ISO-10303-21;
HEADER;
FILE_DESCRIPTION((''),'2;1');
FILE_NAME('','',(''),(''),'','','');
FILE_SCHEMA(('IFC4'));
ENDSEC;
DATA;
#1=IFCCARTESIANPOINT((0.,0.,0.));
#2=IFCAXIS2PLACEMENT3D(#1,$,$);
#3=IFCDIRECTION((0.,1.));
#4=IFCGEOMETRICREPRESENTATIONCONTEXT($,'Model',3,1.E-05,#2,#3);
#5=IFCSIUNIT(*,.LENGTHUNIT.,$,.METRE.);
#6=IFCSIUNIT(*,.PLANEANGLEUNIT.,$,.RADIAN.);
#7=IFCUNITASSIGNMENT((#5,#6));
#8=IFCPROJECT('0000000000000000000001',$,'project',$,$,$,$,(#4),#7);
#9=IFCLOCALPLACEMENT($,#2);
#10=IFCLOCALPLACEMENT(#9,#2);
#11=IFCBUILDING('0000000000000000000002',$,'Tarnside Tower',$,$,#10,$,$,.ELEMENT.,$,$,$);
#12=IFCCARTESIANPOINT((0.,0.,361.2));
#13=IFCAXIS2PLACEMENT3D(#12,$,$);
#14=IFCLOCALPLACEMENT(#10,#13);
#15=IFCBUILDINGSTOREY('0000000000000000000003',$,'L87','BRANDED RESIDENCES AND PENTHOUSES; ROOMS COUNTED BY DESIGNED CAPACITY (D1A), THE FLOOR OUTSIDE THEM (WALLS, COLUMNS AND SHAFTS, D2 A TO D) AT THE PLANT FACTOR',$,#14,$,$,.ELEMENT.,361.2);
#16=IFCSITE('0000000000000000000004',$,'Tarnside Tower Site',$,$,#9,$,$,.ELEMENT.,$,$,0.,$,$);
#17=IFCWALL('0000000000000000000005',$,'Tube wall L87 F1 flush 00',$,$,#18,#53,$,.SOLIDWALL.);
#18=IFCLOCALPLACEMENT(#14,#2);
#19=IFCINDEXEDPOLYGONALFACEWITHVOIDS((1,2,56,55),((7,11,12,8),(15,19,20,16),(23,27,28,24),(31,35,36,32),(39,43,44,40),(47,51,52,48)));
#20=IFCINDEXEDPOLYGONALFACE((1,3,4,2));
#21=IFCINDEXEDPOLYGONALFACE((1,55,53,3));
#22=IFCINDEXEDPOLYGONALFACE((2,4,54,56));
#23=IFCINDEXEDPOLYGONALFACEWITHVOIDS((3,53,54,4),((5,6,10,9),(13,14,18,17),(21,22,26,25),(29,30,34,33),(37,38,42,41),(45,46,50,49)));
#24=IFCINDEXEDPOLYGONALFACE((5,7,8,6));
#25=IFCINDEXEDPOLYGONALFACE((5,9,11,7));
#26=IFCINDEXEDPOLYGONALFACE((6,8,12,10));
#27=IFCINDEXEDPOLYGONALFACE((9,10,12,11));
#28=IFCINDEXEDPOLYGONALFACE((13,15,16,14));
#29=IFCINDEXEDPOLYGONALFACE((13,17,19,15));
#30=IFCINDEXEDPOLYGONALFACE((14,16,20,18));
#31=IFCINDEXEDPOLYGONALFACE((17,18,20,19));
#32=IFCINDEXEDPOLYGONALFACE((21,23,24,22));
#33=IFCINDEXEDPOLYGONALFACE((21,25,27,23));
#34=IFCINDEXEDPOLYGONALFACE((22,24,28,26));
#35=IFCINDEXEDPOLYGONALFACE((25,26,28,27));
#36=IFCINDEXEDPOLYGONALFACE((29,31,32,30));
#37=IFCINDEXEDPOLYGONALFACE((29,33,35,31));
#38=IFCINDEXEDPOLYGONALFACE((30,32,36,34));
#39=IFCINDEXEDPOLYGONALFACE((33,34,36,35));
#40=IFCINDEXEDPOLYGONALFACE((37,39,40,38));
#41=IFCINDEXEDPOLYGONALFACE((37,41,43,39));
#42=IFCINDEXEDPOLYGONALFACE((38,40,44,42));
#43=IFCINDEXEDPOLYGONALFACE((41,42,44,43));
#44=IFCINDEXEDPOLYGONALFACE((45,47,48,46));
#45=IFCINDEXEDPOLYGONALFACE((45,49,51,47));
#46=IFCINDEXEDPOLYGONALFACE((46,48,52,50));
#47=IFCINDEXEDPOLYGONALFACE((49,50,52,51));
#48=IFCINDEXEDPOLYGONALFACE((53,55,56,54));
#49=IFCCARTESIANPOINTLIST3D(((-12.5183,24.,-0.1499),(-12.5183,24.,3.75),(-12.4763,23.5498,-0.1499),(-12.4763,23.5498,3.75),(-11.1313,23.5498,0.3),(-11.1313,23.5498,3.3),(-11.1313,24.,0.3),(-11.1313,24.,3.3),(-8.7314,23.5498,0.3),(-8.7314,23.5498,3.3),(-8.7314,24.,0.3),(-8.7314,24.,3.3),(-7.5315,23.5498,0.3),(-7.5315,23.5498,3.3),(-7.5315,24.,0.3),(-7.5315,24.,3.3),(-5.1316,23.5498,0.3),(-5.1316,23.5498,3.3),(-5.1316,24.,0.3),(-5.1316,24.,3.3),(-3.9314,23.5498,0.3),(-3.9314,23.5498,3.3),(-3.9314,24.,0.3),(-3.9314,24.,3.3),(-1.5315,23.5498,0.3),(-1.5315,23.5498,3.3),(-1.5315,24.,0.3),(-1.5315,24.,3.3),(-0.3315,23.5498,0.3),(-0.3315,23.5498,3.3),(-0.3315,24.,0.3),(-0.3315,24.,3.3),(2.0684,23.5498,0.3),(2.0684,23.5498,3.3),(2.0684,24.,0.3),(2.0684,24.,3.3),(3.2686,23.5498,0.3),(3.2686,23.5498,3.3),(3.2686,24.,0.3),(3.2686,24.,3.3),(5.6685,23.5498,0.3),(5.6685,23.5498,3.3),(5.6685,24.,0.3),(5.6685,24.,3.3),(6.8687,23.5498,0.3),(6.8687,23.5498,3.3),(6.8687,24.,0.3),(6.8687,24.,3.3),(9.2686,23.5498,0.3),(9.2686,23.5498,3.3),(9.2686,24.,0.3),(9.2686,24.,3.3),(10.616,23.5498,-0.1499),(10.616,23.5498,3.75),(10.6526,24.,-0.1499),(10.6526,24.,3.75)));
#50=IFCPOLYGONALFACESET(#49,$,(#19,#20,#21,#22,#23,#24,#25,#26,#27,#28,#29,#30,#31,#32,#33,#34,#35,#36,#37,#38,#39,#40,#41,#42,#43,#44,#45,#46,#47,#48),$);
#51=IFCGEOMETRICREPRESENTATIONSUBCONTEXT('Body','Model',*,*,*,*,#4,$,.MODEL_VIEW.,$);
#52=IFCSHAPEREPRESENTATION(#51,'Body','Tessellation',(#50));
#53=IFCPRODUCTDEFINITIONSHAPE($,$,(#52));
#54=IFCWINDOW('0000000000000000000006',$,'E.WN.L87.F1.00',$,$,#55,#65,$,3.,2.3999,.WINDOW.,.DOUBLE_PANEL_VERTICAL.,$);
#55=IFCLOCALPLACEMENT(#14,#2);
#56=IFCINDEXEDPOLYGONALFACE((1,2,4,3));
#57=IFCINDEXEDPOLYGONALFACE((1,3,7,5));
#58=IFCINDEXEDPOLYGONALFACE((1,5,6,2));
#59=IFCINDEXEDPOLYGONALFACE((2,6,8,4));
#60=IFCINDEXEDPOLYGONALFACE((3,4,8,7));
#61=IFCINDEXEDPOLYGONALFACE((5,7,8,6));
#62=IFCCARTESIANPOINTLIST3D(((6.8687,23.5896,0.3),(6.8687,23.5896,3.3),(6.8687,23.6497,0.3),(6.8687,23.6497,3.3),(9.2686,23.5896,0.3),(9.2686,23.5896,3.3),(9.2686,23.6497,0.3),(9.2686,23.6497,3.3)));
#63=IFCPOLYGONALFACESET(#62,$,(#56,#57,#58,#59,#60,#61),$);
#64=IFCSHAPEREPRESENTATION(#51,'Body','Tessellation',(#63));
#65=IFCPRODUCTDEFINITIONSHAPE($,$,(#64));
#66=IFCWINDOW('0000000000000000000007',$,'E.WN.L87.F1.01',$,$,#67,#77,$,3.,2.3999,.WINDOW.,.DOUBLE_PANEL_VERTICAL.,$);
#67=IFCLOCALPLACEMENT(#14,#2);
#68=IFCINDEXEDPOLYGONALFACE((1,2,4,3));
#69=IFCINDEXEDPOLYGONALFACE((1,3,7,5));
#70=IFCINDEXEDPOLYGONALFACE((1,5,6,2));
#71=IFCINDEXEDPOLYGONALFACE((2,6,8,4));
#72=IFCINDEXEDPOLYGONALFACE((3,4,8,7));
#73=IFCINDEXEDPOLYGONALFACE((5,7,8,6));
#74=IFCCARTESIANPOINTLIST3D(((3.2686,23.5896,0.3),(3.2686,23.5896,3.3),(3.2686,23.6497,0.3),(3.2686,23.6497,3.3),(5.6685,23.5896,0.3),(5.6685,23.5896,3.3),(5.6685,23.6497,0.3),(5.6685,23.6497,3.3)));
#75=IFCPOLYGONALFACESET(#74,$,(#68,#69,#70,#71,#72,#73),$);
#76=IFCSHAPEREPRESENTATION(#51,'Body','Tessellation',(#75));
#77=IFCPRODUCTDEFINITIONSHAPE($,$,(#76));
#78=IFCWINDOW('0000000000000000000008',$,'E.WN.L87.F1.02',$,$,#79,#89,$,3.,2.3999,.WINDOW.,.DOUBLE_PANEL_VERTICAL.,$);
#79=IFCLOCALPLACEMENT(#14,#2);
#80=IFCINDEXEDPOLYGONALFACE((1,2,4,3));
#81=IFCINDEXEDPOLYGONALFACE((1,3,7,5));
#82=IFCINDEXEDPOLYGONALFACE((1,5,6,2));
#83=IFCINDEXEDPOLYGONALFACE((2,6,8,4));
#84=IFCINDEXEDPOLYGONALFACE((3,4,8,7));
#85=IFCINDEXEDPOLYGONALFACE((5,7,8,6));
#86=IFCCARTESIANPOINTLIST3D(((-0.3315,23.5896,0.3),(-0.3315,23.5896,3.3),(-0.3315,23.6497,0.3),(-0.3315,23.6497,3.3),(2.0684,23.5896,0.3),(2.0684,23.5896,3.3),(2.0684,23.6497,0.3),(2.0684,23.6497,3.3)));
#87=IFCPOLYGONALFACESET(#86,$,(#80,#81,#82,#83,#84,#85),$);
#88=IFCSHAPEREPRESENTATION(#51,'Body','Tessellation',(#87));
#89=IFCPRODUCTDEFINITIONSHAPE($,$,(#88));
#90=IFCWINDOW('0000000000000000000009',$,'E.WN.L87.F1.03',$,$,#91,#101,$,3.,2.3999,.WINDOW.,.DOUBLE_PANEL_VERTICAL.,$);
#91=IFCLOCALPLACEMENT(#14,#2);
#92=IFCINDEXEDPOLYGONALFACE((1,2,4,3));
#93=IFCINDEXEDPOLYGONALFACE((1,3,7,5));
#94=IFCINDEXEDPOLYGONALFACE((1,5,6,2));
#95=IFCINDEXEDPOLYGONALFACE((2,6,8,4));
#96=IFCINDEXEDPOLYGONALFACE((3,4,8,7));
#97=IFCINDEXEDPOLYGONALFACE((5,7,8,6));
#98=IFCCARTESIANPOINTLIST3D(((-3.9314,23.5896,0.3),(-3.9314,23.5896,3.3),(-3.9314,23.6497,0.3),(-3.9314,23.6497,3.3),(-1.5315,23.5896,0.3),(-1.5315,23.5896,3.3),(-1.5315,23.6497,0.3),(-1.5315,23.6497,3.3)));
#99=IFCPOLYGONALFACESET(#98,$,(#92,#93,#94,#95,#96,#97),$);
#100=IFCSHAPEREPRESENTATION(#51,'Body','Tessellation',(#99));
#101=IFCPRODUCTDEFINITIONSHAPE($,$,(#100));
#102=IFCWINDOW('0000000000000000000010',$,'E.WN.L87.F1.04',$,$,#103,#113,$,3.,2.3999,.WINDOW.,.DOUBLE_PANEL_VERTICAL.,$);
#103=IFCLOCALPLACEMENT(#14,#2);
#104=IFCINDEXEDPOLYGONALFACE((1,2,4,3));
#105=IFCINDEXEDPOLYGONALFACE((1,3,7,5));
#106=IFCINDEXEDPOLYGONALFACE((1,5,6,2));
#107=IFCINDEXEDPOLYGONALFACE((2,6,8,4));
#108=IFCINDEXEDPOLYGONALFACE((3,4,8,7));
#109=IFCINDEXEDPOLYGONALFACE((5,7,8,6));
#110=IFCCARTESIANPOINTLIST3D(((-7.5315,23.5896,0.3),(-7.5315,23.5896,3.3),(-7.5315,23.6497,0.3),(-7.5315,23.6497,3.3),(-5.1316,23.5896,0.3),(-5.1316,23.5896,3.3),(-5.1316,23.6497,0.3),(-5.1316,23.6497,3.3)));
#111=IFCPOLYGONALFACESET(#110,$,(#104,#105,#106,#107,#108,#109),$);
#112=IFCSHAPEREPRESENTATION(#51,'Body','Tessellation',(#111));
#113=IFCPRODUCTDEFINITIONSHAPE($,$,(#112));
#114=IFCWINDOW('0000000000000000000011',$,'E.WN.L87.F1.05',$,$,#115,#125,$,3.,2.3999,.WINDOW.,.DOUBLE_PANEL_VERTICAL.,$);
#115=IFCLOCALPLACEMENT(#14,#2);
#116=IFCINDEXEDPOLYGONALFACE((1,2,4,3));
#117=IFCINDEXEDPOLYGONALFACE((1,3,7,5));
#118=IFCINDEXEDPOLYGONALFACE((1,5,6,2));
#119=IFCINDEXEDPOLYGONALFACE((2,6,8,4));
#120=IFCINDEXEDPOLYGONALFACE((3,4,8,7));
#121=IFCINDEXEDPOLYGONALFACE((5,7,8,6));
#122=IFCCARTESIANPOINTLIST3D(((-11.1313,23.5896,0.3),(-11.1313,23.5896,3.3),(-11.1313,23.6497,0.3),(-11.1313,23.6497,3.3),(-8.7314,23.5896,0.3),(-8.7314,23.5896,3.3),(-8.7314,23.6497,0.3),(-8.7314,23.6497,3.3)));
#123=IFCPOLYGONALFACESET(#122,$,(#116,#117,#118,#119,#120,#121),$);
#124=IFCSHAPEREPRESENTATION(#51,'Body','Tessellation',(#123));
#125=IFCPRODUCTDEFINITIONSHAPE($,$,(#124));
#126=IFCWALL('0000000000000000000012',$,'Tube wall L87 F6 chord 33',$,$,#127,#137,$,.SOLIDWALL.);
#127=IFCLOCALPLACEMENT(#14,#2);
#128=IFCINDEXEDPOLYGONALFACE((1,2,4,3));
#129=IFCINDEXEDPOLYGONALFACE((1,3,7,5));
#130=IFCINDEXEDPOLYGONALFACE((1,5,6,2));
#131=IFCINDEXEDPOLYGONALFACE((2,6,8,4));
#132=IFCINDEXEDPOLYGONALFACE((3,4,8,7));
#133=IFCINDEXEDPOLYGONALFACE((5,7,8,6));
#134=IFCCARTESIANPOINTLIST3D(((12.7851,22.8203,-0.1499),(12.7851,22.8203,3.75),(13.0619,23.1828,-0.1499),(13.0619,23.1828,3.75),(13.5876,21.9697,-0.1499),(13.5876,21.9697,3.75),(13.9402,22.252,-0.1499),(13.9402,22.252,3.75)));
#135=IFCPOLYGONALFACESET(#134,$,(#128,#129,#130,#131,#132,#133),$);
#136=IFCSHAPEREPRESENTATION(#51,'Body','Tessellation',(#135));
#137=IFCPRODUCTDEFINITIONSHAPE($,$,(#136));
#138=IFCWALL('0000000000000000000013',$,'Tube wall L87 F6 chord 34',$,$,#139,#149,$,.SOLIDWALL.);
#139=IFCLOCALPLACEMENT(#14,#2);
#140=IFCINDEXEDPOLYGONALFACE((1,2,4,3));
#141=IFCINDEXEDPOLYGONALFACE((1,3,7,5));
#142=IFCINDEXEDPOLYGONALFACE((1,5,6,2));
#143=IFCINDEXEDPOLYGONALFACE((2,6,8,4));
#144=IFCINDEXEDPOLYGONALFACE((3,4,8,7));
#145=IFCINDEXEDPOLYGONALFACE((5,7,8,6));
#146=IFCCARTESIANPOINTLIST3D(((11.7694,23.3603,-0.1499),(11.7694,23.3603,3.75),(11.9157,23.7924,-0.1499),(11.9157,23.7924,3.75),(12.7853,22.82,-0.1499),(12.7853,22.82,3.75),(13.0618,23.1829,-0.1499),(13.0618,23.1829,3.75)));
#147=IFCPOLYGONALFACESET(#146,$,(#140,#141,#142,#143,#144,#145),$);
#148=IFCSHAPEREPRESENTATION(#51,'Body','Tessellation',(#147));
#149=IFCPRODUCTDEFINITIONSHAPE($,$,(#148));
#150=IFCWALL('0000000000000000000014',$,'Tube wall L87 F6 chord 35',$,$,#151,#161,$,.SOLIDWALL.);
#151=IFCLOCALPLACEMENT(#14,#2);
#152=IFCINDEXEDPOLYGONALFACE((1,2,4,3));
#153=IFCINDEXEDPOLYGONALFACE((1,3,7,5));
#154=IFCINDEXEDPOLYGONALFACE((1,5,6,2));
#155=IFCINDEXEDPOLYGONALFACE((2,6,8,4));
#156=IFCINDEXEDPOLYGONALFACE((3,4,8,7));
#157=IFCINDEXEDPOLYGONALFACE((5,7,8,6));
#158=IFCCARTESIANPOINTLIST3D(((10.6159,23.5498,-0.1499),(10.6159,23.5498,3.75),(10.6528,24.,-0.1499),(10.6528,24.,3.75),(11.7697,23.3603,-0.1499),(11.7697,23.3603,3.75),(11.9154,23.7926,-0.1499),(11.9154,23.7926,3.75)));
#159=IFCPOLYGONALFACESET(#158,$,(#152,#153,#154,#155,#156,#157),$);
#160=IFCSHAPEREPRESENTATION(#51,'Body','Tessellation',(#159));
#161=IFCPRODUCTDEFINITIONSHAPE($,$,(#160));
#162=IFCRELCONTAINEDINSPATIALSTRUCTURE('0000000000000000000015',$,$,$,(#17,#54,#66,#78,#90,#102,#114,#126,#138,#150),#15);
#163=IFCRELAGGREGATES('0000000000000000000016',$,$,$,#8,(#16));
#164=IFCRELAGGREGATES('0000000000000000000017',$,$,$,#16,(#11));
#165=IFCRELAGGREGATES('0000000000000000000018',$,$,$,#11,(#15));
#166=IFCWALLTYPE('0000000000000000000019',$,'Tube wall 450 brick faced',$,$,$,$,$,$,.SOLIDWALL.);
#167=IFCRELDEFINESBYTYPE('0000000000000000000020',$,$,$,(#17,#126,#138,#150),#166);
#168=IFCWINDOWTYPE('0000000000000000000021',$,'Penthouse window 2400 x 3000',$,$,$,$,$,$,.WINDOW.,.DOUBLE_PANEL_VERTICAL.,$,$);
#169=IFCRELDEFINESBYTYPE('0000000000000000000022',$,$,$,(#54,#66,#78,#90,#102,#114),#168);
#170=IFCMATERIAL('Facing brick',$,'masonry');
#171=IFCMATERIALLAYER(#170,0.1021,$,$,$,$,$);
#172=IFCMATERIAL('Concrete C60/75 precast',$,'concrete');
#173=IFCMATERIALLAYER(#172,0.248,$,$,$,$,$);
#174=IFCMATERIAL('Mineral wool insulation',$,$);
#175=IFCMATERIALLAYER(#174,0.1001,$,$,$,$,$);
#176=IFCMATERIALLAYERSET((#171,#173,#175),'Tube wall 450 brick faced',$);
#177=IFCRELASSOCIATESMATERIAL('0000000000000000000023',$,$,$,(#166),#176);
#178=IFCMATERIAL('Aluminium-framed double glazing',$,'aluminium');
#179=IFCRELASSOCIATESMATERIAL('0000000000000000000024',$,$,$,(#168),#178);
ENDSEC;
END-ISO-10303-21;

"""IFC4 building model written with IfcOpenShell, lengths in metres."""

from ifc_helpers import new_model, si_unit, direction, frame, frame_2d, origin, place, context, subcontext, project, spatial, polyline, rectangle, outline, extrude, material, layer, layer_set, type_object, element, fill, save


model = new_model("IFC4")

# Units and contexts
model_context = context("Model", 3, precision=1e-05, world=origin(), true_north=direction((0.0, 1.0)))
body_context = subcontext(model_context, "Body", "Model", "MODEL_VIEW")
ifc_project = project(units=[si_unit("LENGTHUNIT", "METRE"), si_unit("PLANEANGLEUNIT", "RADIAN")], contexts=[model_context])

# Site, building, storey
site_placement = place(None, origin())
site = spatial("IfcSite", under=ifc_project, at=site_placement, Name="Tarnside Tower Site", CompositionType="ELEMENT", RefElevation=0.0)
building_placement = place(site_placement, origin())
building = spatial("IfcBuilding", under=site, at=building_placement, Name="Tarnside Tower", CompositionType="ELEMENT")
storey_placement = place(building_placement, frame((0.0, 0.0, 361.2)))
storey = spatial("IfcBuildingStorey", under=building, at=storey_placement, Name="L87", Description="BRANDED RESIDENCES AND PENTHOUSES; ROOMS COUNTED BY DESIGNED CAPACITY (D1A), THE FLOOR OUTSIDE THEM (WALLS, COLUMNS AND SHAFTS, D2 A TO D) AT THE PLANT FACTOR", CompositionType="ELEMENT", Elevation=361.2)

# Shared definitions
ifc_material_1 = material(Name="Concrete C60/75 precast", Category="concrete")
ifc_material_2 = material(Name="Mineral wool insulation")

# Wall, openings, windows
ifc_material_3 = material(Name="Facing brick", Category="masonry")
ifc_layer_1 = layer(ifc_material_3, 0.1021)
ifc_layer_2 = layer(ifc_material_1, 0.248)
ifc_layer_3 = layer(ifc_material_2, 0.1001)
ifc_layer_set_1 = layer_set([ifc_layer_1, ifc_layer_2, ifc_layer_3], Name="Tube wall 450 brick faced")
wall_type_1 = type_object("IfcWallType", Name="Tube wall 450 brick faced", PredefinedType="SOLIDWALL", material=ifc_layer_set_1)
wall_1_placement = place(storey_placement, frame((10.6343, 23.7749, -0.1499), z_axis=(0.0, 0.0, 1.0), x_axis=(-1.0, 0.0, 0.0)))
wall_1 = element("IfcWall", 1, at=wall_1_placement, inside=storey, type_object=wall_type_1, Name="Tube wall L87 F1 flush 00", PredefinedType="SOLIDWALL", context=body_context, shape_type="SweptSolid", body=[
    extrude(outline(polyline([(-0.0183, -0.2251), (23.1526, -0.2251), (23.1106, 0.2251), (0.0183, 0.2251), (-0.0183, -0.2251)])), origin(), (0.0, 0.0, 1.0), 3.8999),
])
opening_1_placement = place(wall_1_placement, frame((1.3657, 0.0, 0.45)))
opening_1 = element("IfcOpeningElement", 2, at=opening_1_placement, cuts=wall_1, PredefinedType="OPENING", context=body_context, shape_type="SweptSolid", body=[
    extrude(rectangle(XDim=2.3999, YDim=3.0, at=frame_2d((1.2, 1.5))), frame((0.0, 0.2349, 0.0), z_axis=(0.0, -1.0, 0.0), x_axis=(1.0, 0.0, 0.0)), (0.0, 0.0, 1.0), 0.47),
])
opening_2_placement = place(wall_1_placement, frame((4.9658, 0.0, 0.45)))
opening_2 = element("IfcOpeningElement", 3, at=opening_2_placement, cuts=wall_1, PredefinedType="OPENING", context=body_context, shape_type="SweptSolid", body=[
    extrude(rectangle(XDim=2.3999, YDim=3.0, at=frame_2d((1.2, 1.5))), frame((0.0, 0.2349, 0.0), z_axis=(0.0, -1.0, 0.0), x_axis=(1.0, 0.0, 0.0)), (0.0, 0.0, 1.0), 0.47),
])
opening_3_placement = place(wall_1_placement, frame((8.5659, 0.0, 0.45)))
opening_3 = element("IfcOpeningElement", 4, at=opening_3_placement, cuts=wall_1, PredefinedType="OPENING", context=body_context, shape_type="SweptSolid", body=[
    extrude(rectangle(XDim=2.3999, YDim=3.0, at=frame_2d((1.2, 1.5))), frame((0.0, 0.2349, 0.0), z_axis=(0.0, -1.0, 0.0), x_axis=(1.0, 0.0, 0.0)), (0.0, 0.0, 1.0), 0.47),
])
opening_4_placement = place(wall_1_placement, frame((12.1658, 0.0, 0.45)))
opening_4 = element("IfcOpeningElement", 5, at=opening_4_placement, cuts=wall_1, PredefinedType="OPENING", context=body_context, shape_type="SweptSolid", body=[
    extrude(rectangle(XDim=2.3999, YDim=3.0, at=frame_2d((1.2, 1.5))), frame((0.0, 0.2349, 0.0), z_axis=(0.0, -1.0, 0.0), x_axis=(1.0, 0.0, 0.0)), (0.0, 0.0, 1.0), 0.47),
])
opening_5_placement = place(wall_1_placement, frame((15.7659, 0.0, 0.45)))
opening_5 = element("IfcOpeningElement", 6, at=opening_5_placement, cuts=wall_1, PredefinedType="OPENING", context=body_context, shape_type="SweptSolid", body=[
    extrude(rectangle(XDim=2.3999, YDim=3.0, at=frame_2d((1.2, 1.5))), frame((0.0, 0.2349, 0.0), z_axis=(0.0, -1.0, 0.0), x_axis=(1.0, 0.0, 0.0)), (0.0, 0.0, 1.0), 0.47),
])
opening_6_placement = place(wall_1_placement, frame((19.3657, 0.0, 0.45)))
opening_6 = element("IfcOpeningElement", 7, at=opening_6_placement, cuts=wall_1, PredefinedType="OPENING", context=body_context, shape_type="SweptSolid", body=[
    extrude(rectangle(XDim=2.3999, YDim=3.0, at=frame_2d((1.2, 1.5))), frame((0.0, 0.2349, 0.0), z_axis=(0.0, -1.0, 0.0), x_axis=(1.0, 0.0, 0.0)), (0.0, 0.0, 1.0), 0.47),
])
ifc_material_4 = material(Name="Aluminium-framed double glazing", Category="aluminium")
window_type = type_object("IfcWindowType", Name="Penthouse window 2400 x 3000", PartitioningType="DOUBLE_PANEL_VERTICAL", PredefinedType="WINDOW", material=ifc_material_4)
window_1_placement = place(opening_1_placement, frame((0.0, 0.1553, 0.0)))
window_1 = element("IfcWindow", 8, at=window_1_placement, inside=storey, type_object=window_type, Name="E.WN.L87.F1.00", OverallHeight=3.0, OverallWidth=2.3999, PartitioningType="DOUBLE_PANEL_VERTICAL", PredefinedType="WINDOW", context=body_context, shape_type="SweptSolid", body=[
    extrude(rectangle(XDim=2.3999, YDim=3.0, at=frame_2d((1.2, 1.5))), frame((0.0, 0.03, 0.0), z_axis=(0.0, -1.0, 0.0), x_axis=(1.0, 0.0, 0.0)), (0.0, 0.0, 1.0), 0.0601),
])
fill(opening_1, window_1)
window_2_placement = place(opening_2_placement, frame((0.0, 0.1553, 0.0)))
window_2 = element("IfcWindow", 9, at=window_2_placement, inside=storey, type_object=window_type, Name="E.WN.L87.F1.01", OverallHeight=3.0, OverallWidth=2.3999, PartitioningType="DOUBLE_PANEL_VERTICAL", PredefinedType="WINDOW", context=body_context, shape_type="SweptSolid", body=[
    extrude(rectangle(XDim=2.3999, YDim=3.0, at=frame_2d((1.2, 1.5))), frame((0.0, 0.03, 0.0), z_axis=(0.0, -1.0, 0.0), x_axis=(1.0, 0.0, 0.0)), (0.0, 0.0, 1.0), 0.0601),
])
fill(opening_2, window_2)
window_3_placement = place(opening_3_placement, frame((0.0, 0.1553, 0.0)))
window_3 = element("IfcWindow", 10, at=window_3_placement, inside=storey, type_object=window_type, Name="E.WN.L87.F1.02", OverallHeight=3.0, OverallWidth=2.3999, PartitioningType="DOUBLE_PANEL_VERTICAL", PredefinedType="WINDOW", context=body_context, shape_type="SweptSolid", body=[
    extrude(rectangle(XDim=2.3999, YDim=3.0, at=frame_2d((1.2, 1.5))), frame((0.0, 0.03, 0.0), z_axis=(0.0, -1.0, 0.0), x_axis=(1.0, 0.0, 0.0)), (0.0, 0.0, 1.0), 0.0601),
])
fill(opening_3, window_3)
window_4_placement = place(opening_4_placement, frame((0.0, 0.1553, 0.0)))
window_4 = element("IfcWindow", 11, at=window_4_placement, inside=storey, type_object=window_type, Name="E.WN.L87.F1.03", OverallHeight=3.0, OverallWidth=2.3999, PartitioningType="DOUBLE_PANEL_VERTICAL", PredefinedType="WINDOW", context=body_context, shape_type="SweptSolid", body=[
    extrude(rectangle(XDim=2.3999, YDim=3.0, at=frame_2d((1.2, 1.5))), frame((0.0, 0.03, 0.0), z_axis=(0.0, -1.0, 0.0), x_axis=(1.0, 0.0, 0.0)), (0.0, 0.0, 1.0), 0.0601),
])
fill(opening_4, window_4)
window_5_placement = place(opening_5_placement, frame((0.0, 0.1553, 0.0)))
window_5 = element("IfcWindow", 12, at=window_5_placement, inside=storey, type_object=window_type, Name="E.WN.L87.F1.04", OverallHeight=3.0, OverallWidth=2.3999, PartitioningType="DOUBLE_PANEL_VERTICAL", PredefinedType="WINDOW", context=body_context, shape_type="SweptSolid", body=[
    extrude(rectangle(XDim=2.3999, YDim=3.0, at=frame_2d((1.2, 1.5))), frame((0.0, 0.03, 0.0), z_axis=(0.0, -1.0, 0.0), x_axis=(1.0, 0.0, 0.0)), (0.0, 0.0, 1.0), 0.0601),
])
fill(opening_5, window_5)
window_6_placement = place(opening_6_placement, frame((0.0, 0.1553, 0.0)))
window_6 = element("IfcWindow", 13, at=window_6_placement, inside=storey, type_object=window_type, Name="E.WN.L87.F1.05", OverallHeight=3.0, OverallWidth=2.3999, PartitioningType="DOUBLE_PANEL_VERTICAL", PredefinedType="WINDOW", context=body_context, shape_type="SweptSolid", body=[
    extrude(rectangle(XDim=2.3999, YDim=3.0, at=frame_2d((1.2, 1.5))), frame((0.0, 0.03, 0.0), z_axis=(0.0, -1.0, 0.0), x_axis=(1.0, 0.0, 0.0)), (0.0, 0.0, 1.0), 0.0601),
])
fill(opening_6, window_6)

# Walls
wall_2_placement = place(storey_placement, frame((13.7639, 22.1108, -0.1499), z_axis=(0.0, 0.0, 1.0), x_axis=(-0.686272, 0.727345, 0.0)))
element("IfcWall", 14, at=wall_2_placement, inside=storey, type_object=wall_type_1, Name="Tube wall L87 F6 chord 33", PredefinedType="SOLIDWALL", context=body_context, shape_type="SweptSolid", body=[
    extrude(outline(polyline([(-0.0183, -0.2251), (1.2615, -0.2251), (1.1877, 0.2251), (0.0183, 0.2251), (-0.0183, -0.2251)])), origin(), (0.0, 0.0, 1.0), 3.8999),
])
wall_3_placement = place(storey_placement, frame((12.9236, 23.0015, -0.1499), z_axis=(0.0, 0.0, 1.0), x_axis=(-0.882899, 0.469563, 0.0)))
element("IfcWall", 15, at=wall_3_placement, inside=storey, type_object=wall_type_1, Name="Tube wall L87 F6 chord 34", PredefinedType="SOLIDWALL", context=body_context, shape_type="SweptSolid", body=[
    extrude(outline(polyline([(-0.0369, -0.2251), (1.2612, -0.2251), (1.1875, 0.2251), (0.0369, 0.2251), (-0.0369, -0.2251)])), origin(), (0.0, 0.0, 1.0), 3.8999),
])
wall_4_placement = place(storey_placement, frame((11.8425, 23.5764, -0.1499), z_axis=(0.0, 0.0, 1.0), x_axis=(-0.986774, 0.162103, 0.0)))
element("IfcWall", 16, at=wall_4_placement, inside=storey, type_object=wall_type_1, Name="Tube wall L87 F6 chord 35", PredefinedType="SOLIDWALL", context=body_context, shape_type="SweptSolid", body=[
    extrude(outline(polyline([(-0.0369, -0.2251), (1.2427, -0.2251), (1.2061, 0.2251), (0.0369, 0.2251), (-0.0369, -0.2251)])), origin(), (0.0, 0.0, 1.0), 3.8999),
])

save(model, "model.ifc")
